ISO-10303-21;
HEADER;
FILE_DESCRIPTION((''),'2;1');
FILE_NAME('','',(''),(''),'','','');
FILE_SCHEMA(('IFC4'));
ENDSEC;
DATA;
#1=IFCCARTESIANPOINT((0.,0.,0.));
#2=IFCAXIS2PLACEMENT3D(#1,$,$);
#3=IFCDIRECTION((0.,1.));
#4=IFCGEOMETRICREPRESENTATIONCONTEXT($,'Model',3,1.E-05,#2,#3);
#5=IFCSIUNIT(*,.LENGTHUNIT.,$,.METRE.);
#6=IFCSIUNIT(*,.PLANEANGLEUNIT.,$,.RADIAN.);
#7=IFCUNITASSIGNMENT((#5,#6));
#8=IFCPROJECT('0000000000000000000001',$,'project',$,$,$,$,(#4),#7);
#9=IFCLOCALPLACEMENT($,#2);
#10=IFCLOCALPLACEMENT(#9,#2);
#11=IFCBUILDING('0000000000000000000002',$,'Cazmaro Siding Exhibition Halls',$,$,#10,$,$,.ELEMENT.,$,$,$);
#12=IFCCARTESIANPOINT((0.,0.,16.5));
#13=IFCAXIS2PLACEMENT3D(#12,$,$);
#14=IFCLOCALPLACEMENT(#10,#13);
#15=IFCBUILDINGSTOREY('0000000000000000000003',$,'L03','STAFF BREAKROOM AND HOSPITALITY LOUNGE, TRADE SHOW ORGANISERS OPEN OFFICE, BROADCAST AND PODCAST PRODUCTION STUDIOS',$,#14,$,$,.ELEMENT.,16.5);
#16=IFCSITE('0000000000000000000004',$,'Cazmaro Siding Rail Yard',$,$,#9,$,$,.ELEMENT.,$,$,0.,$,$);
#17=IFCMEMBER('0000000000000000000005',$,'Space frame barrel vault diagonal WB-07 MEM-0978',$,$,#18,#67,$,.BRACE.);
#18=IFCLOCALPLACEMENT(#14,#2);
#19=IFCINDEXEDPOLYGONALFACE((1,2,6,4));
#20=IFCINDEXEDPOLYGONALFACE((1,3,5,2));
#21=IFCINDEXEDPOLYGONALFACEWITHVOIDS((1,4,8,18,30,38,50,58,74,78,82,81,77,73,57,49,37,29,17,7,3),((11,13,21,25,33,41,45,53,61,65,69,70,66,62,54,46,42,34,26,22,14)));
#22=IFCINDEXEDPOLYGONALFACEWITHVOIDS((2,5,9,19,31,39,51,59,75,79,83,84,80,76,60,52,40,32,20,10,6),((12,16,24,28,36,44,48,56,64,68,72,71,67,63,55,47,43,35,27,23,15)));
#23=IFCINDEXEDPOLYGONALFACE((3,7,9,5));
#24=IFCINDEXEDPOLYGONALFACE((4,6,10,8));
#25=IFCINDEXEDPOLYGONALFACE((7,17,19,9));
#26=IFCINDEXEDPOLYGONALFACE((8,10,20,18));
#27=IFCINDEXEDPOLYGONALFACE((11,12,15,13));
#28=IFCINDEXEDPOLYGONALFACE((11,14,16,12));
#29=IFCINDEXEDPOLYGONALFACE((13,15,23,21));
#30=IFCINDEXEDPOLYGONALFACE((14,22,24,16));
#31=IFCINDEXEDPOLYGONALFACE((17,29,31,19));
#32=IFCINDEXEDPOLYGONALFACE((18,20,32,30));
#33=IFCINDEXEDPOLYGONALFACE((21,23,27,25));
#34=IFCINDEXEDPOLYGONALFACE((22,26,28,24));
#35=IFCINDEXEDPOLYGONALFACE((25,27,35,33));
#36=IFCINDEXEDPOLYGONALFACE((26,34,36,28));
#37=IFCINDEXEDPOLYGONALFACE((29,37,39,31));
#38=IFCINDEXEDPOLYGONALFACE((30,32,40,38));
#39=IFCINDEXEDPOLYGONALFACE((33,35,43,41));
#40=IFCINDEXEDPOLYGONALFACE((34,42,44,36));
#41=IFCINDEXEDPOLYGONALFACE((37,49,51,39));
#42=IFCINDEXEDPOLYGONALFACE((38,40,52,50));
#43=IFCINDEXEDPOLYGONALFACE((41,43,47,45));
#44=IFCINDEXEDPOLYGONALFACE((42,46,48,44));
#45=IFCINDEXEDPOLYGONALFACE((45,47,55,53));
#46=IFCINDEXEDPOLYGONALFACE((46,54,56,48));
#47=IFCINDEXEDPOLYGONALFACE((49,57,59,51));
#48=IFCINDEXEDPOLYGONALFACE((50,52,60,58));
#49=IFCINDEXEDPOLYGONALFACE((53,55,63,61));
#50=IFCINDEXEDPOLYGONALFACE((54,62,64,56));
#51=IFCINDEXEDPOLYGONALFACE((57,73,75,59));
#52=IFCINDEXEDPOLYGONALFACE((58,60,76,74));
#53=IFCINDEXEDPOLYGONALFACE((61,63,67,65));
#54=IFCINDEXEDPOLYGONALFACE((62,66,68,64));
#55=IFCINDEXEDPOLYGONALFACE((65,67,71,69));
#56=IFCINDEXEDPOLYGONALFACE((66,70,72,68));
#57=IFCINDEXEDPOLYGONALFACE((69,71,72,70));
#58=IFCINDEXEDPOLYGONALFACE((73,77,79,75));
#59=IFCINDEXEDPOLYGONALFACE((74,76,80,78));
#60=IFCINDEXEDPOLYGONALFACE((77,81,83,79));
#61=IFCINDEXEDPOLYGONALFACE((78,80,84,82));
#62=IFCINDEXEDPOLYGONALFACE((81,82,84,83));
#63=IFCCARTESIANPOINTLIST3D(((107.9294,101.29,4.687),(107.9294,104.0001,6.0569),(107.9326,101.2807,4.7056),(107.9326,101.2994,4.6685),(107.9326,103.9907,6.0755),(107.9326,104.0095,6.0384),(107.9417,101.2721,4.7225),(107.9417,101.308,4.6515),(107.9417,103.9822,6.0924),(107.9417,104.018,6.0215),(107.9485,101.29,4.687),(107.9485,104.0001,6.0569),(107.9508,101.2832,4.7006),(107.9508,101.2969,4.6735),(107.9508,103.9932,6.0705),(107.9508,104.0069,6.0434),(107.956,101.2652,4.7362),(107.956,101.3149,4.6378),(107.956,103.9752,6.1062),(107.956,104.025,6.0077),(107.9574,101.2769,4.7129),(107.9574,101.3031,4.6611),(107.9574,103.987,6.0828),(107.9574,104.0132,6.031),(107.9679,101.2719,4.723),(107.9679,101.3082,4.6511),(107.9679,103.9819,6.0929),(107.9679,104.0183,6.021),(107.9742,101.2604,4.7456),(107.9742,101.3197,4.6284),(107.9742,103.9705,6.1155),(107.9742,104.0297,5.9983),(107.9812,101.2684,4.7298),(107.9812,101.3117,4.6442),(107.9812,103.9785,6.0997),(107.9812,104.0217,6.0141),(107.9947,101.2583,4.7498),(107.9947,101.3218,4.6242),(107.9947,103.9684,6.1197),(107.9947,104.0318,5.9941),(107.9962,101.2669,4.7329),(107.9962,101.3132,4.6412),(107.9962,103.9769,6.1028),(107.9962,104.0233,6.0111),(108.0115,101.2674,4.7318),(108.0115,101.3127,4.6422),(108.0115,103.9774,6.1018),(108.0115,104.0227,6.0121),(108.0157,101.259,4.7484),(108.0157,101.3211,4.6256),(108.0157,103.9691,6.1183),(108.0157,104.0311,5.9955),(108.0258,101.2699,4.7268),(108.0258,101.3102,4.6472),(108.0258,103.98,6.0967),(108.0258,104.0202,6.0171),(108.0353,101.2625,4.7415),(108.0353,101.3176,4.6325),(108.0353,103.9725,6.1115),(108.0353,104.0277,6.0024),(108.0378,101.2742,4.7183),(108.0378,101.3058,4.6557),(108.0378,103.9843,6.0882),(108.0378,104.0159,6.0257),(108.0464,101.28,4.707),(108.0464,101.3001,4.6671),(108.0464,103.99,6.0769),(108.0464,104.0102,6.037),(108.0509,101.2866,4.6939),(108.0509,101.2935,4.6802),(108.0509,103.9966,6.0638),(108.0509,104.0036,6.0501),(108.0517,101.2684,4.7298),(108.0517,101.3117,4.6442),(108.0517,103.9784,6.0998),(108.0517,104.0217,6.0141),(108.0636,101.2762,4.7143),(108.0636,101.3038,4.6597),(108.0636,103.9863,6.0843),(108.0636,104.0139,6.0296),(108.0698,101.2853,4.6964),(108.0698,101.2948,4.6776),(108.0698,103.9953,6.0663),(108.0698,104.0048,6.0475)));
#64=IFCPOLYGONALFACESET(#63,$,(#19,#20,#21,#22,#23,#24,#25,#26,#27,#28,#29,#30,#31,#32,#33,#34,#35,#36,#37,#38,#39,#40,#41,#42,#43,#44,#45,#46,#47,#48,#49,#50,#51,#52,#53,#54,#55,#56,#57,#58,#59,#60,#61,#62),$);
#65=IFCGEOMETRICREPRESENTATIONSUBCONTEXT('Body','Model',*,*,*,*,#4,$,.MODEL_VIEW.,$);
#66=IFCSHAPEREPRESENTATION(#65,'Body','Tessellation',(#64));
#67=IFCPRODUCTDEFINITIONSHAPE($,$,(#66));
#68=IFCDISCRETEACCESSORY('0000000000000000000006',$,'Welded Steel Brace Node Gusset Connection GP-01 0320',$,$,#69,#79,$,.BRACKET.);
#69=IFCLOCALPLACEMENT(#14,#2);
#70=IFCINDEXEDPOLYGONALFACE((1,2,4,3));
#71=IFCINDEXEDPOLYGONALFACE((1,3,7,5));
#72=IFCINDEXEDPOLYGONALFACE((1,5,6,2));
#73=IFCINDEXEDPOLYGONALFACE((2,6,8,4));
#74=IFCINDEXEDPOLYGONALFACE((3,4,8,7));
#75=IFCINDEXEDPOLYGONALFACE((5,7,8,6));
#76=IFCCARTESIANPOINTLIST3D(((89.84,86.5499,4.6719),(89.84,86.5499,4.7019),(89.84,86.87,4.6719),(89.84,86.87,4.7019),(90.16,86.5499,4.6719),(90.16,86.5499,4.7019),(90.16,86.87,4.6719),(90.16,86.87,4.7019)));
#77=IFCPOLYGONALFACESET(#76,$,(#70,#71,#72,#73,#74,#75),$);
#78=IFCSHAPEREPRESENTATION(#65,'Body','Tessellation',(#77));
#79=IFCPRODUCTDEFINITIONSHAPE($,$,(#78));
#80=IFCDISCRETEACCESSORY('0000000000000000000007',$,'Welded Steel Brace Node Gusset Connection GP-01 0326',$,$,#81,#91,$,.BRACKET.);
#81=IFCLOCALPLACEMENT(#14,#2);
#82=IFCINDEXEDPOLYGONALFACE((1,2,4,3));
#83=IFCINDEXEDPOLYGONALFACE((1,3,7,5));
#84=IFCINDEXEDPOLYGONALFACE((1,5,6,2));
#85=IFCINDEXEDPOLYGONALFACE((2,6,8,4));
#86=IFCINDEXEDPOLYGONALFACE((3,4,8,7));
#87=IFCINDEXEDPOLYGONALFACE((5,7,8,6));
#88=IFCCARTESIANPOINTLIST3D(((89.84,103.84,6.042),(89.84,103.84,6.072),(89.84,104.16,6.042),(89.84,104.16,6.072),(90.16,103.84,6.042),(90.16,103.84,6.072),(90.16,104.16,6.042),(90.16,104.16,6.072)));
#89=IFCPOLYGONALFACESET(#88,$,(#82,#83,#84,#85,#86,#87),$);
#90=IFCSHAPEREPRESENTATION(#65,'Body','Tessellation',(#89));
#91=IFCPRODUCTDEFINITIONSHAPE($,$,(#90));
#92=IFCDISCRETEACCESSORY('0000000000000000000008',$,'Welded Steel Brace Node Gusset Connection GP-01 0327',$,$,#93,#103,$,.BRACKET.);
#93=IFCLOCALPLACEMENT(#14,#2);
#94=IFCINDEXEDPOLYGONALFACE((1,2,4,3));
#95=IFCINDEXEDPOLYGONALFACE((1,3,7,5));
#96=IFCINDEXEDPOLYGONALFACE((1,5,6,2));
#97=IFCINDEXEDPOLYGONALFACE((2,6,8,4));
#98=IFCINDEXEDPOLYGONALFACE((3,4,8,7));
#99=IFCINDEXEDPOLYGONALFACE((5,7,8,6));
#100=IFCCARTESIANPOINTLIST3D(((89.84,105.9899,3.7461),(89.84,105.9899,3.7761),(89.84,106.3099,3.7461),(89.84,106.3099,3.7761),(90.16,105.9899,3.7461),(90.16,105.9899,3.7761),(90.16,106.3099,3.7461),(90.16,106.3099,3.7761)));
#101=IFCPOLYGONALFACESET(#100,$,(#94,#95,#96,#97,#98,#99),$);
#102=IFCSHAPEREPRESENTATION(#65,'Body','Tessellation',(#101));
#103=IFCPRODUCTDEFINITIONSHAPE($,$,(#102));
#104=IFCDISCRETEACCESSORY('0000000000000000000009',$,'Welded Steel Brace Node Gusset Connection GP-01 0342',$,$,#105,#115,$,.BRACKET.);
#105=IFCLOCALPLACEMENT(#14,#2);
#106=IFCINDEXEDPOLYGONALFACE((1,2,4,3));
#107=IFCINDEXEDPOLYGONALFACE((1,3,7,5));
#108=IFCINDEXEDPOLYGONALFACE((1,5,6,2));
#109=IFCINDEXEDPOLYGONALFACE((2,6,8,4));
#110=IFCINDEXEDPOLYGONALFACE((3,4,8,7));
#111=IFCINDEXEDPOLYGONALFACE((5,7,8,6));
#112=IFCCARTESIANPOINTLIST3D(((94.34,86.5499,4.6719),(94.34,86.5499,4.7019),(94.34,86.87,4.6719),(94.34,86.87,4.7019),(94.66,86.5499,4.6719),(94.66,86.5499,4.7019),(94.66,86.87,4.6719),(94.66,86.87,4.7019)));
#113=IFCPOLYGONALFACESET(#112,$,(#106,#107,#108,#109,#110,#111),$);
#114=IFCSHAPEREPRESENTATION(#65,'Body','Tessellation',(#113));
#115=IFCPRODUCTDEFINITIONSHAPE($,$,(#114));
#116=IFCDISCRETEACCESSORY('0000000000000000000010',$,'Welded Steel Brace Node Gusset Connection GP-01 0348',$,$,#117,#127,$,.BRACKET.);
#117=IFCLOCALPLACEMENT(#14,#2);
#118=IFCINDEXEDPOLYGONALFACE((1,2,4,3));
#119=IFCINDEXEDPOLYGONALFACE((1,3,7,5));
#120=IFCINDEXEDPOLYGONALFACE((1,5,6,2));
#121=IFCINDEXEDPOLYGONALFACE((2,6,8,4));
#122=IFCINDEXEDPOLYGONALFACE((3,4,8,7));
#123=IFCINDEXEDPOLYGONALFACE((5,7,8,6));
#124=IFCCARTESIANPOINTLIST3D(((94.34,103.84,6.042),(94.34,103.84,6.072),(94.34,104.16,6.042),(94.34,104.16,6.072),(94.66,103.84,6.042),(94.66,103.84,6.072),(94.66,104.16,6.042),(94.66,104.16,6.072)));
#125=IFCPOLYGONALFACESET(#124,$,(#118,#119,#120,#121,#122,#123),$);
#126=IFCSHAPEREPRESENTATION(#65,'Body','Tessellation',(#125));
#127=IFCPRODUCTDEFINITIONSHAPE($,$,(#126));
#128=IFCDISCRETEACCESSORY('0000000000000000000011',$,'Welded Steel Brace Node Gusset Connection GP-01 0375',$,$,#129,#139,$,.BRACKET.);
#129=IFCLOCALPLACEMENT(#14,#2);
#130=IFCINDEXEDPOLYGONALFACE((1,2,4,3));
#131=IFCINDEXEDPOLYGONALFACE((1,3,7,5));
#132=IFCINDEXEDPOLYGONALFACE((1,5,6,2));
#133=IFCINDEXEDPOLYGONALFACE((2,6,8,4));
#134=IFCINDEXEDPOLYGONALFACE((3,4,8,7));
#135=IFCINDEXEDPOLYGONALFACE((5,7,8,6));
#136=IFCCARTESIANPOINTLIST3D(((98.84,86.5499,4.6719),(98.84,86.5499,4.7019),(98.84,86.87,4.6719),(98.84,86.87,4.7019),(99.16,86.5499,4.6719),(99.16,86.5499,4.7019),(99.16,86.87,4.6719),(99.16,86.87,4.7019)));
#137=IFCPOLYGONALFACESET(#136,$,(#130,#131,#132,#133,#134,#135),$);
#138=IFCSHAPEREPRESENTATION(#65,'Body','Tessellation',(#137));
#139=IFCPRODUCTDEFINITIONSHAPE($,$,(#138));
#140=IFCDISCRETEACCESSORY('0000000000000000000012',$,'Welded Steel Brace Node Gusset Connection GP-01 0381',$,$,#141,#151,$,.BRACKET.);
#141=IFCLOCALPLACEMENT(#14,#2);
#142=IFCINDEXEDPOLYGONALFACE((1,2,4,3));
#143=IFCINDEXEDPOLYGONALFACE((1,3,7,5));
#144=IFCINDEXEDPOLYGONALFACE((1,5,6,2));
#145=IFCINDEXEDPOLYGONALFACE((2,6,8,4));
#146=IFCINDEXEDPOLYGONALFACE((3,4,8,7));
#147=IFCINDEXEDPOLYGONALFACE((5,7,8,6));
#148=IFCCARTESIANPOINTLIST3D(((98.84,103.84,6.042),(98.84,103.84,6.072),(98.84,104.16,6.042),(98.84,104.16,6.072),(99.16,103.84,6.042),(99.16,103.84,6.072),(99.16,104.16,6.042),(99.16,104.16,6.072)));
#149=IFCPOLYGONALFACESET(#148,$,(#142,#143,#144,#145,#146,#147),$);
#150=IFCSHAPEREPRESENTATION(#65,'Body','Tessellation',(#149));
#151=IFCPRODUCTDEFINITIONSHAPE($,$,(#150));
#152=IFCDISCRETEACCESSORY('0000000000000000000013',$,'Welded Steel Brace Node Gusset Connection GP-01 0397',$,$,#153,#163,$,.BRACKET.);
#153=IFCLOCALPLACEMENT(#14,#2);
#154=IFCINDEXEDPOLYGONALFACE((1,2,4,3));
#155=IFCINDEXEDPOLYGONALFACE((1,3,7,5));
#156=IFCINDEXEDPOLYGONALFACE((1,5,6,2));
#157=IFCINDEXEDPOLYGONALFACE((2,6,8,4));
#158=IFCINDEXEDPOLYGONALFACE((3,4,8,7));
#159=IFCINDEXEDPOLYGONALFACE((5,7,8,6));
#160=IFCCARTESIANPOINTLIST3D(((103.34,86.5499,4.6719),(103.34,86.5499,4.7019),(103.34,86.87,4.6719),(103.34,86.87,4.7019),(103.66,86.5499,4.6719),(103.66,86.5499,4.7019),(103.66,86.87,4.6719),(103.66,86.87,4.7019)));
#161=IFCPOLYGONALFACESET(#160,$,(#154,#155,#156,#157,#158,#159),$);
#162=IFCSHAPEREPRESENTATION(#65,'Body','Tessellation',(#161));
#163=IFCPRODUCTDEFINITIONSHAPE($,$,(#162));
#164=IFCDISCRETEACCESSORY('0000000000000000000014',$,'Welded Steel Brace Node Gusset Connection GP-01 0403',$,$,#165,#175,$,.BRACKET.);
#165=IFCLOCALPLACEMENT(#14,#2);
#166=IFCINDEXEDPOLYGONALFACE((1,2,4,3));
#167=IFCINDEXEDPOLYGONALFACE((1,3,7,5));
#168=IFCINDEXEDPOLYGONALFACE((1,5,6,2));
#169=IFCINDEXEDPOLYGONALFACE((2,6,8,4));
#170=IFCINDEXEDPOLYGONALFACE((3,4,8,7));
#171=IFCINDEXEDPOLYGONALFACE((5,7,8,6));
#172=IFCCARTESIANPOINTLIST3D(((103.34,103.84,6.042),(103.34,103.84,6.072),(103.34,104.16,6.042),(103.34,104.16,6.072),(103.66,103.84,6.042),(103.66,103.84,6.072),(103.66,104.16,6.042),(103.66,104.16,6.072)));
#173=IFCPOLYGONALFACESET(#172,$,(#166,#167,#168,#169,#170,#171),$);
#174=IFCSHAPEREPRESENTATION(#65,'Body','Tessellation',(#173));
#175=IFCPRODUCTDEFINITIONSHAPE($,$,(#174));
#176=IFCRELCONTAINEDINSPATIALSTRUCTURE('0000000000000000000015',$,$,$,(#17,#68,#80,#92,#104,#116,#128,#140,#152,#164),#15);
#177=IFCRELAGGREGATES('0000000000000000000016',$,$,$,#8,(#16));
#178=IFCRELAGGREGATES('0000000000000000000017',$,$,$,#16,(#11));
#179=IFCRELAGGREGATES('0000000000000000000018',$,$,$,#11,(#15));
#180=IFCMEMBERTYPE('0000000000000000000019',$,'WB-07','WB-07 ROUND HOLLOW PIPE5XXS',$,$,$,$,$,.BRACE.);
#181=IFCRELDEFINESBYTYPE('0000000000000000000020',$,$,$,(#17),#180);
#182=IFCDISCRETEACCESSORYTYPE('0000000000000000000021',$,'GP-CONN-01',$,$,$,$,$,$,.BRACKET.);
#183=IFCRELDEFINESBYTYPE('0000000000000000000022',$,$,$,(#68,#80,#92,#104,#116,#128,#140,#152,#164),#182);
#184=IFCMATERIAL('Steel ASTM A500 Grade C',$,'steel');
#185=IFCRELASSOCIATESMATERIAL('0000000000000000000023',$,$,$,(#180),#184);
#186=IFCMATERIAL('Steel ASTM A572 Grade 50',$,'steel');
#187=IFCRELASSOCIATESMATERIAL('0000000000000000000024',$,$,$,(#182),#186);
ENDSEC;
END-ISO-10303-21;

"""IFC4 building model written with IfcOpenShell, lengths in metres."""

from ifc_helpers import new_model, si_unit, direction, frame, origin, origin_2d, place, context, subcontext, project, spatial, rectangle, hollow_circle, extrude, material, material_profile, profile_set, type_object, element, save


model = new_model("IFC4")

# Units and contexts
model_context = context("Model", 3, precision=1e-05, world=origin(), true_north=direction((0.0, 1.0)))
body_context = subcontext(model_context, "Body", "Model", "MODEL_VIEW")
ifc_project = project(units=[si_unit("LENGTHUNIT", "METRE"), si_unit("PLANEANGLEUNIT", "RADIAN")], contexts=[model_context])

# Site, building, storey
site_placement = place(None, origin())
site = spatial("IfcSite", under=ifc_project, at=site_placement, Name="Cazmaro Siding Rail Yard", CompositionType="ELEMENT", RefElevation=0.0)
building_placement = place(site_placement, origin())
building = spatial("IfcBuilding", under=site, at=building_placement, Name="Cazmaro Siding Exhibition Halls", CompositionType="ELEMENT")
storey_placement = place(building_placement, frame((0.0, 0.0, 16.5)))
storey = spatial("IfcBuildingStorey", under=building, at=storey_placement, Name="L03", Description="STAFF BREAKROOM AND HOSPITALITY LOUNGE, TRADE SHOW ORGANISERS OPEN OFFICE, BROADCAST AND PODCAST PRODUCTION STUDIOS", CompositionType="ELEMENT", Elevation=16.5)

# Member
ifc_material_1 = material(Name="Steel ASTM A500 Grade C", Category="steel")
ifc_material_profile_1 = material_profile(ifc_material_1, hollow_circle(Radius=0.0706, WallThickness=0.019, at=origin_2d()), Name="PIPE5XXS")
ifc_profile_set_1 = profile_set([ifc_material_profile_1], Name="Steel ASTM A500 Grade C")
member_type_1 = type_object("IfcMemberType", Name="WB-07", Description="WB-07 ROUND HOLLOW PIPE5XXS", PredefinedType="BRACE", material=ifc_profile_set_1)
for number, where, z_axis, x_axis, name in (
    (1, (108.0, 101.29, 4.687), (0.0, 0.892457, 0.451133), (-1.0, 0.0, 0.0), "Space frame barrel vault diagonal WB-07 MEM-0978"),
):
    element("IfcMember", number, at=place(storey_placement, frame(where, z_axis=z_axis, x_axis=x_axis)), inside=storey, type_object=member_type_1, Name=name, PredefinedType="BRACE", context=body_context, shape_type="SweptSolid", body=[
        extrude(hollow_circle(Radius=0.0706, WallThickness=0.019, at=origin_2d()), origin(), (0.0, 0.0, 1.0), 3.0366),
    ])

# Discrete accessories
ifc_material_2 = material(Name="Steel ASTM A572 Grade 50", Category="steel")
discrete_accessory_type = type_object("IfcDiscreteAccessoryType", Name="GP-CONN-01", PredefinedType="BRACKET", material=ifc_material_2)
for number, where, z_axis, x_axis, name in (
    (2, (90.0, 86.71, 4.6719), (0.0, 0.0, 1.0), (1.0, 0.0, 0.0), "Welded Steel Brace Node Gusset Connection GP-01 0320"),
    (3, (90.0, 104.0, 6.042), (0.0, 0.0, 1.0), (1.0, 0.0, 0.0), "Welded Steel Brace Node Gusset Connection GP-01 0326"),
    (4, (90.0, 106.1499, 3.7461), (0.0, 0.0, 1.0), (1.0, 0.0, 0.0), "Welded Steel Brace Node Gusset Connection GP-01 0327"),
    (5, (94.5, 86.71, 4.6719), (0.0, 0.0, 1.0), (1.0, 0.0, 0.0), "Welded Steel Brace Node Gusset Connection GP-01 0342"),
    (6, (94.5, 104.0, 6.042), (0.0, 0.0, 1.0), (1.0, 0.0, 0.0), "Welded Steel Brace Node Gusset Connection GP-01 0348"),
    (7, (99.0, 86.71, 4.6719), (0.0, 0.0, 1.0), (1.0, 0.0, 0.0), "Welded Steel Brace Node Gusset Connection GP-01 0375"),
    (8, (99.0, 104.0, 6.042), (0.0, 0.0, 1.0), (1.0, 0.0, 0.0), "Welded Steel Brace Node Gusset Connection GP-01 0381"),
    (9, (103.5, 86.71, 4.6719), (0.0, 0.0, 1.0), (1.0, 0.0, 0.0), "Welded Steel Brace Node Gusset Connection GP-01 0397"),
    (10, (103.5, 104.0, 6.042), (0.0, 0.0, 1.0), (1.0, 0.0, 0.0), "Welded Steel Brace Node Gusset Connection GP-01 0403"),
):
    element("IfcDiscreteAccessory", number, at=place(storey_placement, frame(where, z_axis=z_axis, x_axis=x_axis)), inside=storey, type_object=discrete_accessory_type, Name=name, PredefinedType="BRACKET", context=body_context, shape_type="SweptSolid", body=[
        extrude(rectangle(XDim=0.3201, YDim=0.3201, at=origin_2d()), origin(), (0.0, 0.0, 1.0), 0.03),
    ])

save(model, "model.ifc")
